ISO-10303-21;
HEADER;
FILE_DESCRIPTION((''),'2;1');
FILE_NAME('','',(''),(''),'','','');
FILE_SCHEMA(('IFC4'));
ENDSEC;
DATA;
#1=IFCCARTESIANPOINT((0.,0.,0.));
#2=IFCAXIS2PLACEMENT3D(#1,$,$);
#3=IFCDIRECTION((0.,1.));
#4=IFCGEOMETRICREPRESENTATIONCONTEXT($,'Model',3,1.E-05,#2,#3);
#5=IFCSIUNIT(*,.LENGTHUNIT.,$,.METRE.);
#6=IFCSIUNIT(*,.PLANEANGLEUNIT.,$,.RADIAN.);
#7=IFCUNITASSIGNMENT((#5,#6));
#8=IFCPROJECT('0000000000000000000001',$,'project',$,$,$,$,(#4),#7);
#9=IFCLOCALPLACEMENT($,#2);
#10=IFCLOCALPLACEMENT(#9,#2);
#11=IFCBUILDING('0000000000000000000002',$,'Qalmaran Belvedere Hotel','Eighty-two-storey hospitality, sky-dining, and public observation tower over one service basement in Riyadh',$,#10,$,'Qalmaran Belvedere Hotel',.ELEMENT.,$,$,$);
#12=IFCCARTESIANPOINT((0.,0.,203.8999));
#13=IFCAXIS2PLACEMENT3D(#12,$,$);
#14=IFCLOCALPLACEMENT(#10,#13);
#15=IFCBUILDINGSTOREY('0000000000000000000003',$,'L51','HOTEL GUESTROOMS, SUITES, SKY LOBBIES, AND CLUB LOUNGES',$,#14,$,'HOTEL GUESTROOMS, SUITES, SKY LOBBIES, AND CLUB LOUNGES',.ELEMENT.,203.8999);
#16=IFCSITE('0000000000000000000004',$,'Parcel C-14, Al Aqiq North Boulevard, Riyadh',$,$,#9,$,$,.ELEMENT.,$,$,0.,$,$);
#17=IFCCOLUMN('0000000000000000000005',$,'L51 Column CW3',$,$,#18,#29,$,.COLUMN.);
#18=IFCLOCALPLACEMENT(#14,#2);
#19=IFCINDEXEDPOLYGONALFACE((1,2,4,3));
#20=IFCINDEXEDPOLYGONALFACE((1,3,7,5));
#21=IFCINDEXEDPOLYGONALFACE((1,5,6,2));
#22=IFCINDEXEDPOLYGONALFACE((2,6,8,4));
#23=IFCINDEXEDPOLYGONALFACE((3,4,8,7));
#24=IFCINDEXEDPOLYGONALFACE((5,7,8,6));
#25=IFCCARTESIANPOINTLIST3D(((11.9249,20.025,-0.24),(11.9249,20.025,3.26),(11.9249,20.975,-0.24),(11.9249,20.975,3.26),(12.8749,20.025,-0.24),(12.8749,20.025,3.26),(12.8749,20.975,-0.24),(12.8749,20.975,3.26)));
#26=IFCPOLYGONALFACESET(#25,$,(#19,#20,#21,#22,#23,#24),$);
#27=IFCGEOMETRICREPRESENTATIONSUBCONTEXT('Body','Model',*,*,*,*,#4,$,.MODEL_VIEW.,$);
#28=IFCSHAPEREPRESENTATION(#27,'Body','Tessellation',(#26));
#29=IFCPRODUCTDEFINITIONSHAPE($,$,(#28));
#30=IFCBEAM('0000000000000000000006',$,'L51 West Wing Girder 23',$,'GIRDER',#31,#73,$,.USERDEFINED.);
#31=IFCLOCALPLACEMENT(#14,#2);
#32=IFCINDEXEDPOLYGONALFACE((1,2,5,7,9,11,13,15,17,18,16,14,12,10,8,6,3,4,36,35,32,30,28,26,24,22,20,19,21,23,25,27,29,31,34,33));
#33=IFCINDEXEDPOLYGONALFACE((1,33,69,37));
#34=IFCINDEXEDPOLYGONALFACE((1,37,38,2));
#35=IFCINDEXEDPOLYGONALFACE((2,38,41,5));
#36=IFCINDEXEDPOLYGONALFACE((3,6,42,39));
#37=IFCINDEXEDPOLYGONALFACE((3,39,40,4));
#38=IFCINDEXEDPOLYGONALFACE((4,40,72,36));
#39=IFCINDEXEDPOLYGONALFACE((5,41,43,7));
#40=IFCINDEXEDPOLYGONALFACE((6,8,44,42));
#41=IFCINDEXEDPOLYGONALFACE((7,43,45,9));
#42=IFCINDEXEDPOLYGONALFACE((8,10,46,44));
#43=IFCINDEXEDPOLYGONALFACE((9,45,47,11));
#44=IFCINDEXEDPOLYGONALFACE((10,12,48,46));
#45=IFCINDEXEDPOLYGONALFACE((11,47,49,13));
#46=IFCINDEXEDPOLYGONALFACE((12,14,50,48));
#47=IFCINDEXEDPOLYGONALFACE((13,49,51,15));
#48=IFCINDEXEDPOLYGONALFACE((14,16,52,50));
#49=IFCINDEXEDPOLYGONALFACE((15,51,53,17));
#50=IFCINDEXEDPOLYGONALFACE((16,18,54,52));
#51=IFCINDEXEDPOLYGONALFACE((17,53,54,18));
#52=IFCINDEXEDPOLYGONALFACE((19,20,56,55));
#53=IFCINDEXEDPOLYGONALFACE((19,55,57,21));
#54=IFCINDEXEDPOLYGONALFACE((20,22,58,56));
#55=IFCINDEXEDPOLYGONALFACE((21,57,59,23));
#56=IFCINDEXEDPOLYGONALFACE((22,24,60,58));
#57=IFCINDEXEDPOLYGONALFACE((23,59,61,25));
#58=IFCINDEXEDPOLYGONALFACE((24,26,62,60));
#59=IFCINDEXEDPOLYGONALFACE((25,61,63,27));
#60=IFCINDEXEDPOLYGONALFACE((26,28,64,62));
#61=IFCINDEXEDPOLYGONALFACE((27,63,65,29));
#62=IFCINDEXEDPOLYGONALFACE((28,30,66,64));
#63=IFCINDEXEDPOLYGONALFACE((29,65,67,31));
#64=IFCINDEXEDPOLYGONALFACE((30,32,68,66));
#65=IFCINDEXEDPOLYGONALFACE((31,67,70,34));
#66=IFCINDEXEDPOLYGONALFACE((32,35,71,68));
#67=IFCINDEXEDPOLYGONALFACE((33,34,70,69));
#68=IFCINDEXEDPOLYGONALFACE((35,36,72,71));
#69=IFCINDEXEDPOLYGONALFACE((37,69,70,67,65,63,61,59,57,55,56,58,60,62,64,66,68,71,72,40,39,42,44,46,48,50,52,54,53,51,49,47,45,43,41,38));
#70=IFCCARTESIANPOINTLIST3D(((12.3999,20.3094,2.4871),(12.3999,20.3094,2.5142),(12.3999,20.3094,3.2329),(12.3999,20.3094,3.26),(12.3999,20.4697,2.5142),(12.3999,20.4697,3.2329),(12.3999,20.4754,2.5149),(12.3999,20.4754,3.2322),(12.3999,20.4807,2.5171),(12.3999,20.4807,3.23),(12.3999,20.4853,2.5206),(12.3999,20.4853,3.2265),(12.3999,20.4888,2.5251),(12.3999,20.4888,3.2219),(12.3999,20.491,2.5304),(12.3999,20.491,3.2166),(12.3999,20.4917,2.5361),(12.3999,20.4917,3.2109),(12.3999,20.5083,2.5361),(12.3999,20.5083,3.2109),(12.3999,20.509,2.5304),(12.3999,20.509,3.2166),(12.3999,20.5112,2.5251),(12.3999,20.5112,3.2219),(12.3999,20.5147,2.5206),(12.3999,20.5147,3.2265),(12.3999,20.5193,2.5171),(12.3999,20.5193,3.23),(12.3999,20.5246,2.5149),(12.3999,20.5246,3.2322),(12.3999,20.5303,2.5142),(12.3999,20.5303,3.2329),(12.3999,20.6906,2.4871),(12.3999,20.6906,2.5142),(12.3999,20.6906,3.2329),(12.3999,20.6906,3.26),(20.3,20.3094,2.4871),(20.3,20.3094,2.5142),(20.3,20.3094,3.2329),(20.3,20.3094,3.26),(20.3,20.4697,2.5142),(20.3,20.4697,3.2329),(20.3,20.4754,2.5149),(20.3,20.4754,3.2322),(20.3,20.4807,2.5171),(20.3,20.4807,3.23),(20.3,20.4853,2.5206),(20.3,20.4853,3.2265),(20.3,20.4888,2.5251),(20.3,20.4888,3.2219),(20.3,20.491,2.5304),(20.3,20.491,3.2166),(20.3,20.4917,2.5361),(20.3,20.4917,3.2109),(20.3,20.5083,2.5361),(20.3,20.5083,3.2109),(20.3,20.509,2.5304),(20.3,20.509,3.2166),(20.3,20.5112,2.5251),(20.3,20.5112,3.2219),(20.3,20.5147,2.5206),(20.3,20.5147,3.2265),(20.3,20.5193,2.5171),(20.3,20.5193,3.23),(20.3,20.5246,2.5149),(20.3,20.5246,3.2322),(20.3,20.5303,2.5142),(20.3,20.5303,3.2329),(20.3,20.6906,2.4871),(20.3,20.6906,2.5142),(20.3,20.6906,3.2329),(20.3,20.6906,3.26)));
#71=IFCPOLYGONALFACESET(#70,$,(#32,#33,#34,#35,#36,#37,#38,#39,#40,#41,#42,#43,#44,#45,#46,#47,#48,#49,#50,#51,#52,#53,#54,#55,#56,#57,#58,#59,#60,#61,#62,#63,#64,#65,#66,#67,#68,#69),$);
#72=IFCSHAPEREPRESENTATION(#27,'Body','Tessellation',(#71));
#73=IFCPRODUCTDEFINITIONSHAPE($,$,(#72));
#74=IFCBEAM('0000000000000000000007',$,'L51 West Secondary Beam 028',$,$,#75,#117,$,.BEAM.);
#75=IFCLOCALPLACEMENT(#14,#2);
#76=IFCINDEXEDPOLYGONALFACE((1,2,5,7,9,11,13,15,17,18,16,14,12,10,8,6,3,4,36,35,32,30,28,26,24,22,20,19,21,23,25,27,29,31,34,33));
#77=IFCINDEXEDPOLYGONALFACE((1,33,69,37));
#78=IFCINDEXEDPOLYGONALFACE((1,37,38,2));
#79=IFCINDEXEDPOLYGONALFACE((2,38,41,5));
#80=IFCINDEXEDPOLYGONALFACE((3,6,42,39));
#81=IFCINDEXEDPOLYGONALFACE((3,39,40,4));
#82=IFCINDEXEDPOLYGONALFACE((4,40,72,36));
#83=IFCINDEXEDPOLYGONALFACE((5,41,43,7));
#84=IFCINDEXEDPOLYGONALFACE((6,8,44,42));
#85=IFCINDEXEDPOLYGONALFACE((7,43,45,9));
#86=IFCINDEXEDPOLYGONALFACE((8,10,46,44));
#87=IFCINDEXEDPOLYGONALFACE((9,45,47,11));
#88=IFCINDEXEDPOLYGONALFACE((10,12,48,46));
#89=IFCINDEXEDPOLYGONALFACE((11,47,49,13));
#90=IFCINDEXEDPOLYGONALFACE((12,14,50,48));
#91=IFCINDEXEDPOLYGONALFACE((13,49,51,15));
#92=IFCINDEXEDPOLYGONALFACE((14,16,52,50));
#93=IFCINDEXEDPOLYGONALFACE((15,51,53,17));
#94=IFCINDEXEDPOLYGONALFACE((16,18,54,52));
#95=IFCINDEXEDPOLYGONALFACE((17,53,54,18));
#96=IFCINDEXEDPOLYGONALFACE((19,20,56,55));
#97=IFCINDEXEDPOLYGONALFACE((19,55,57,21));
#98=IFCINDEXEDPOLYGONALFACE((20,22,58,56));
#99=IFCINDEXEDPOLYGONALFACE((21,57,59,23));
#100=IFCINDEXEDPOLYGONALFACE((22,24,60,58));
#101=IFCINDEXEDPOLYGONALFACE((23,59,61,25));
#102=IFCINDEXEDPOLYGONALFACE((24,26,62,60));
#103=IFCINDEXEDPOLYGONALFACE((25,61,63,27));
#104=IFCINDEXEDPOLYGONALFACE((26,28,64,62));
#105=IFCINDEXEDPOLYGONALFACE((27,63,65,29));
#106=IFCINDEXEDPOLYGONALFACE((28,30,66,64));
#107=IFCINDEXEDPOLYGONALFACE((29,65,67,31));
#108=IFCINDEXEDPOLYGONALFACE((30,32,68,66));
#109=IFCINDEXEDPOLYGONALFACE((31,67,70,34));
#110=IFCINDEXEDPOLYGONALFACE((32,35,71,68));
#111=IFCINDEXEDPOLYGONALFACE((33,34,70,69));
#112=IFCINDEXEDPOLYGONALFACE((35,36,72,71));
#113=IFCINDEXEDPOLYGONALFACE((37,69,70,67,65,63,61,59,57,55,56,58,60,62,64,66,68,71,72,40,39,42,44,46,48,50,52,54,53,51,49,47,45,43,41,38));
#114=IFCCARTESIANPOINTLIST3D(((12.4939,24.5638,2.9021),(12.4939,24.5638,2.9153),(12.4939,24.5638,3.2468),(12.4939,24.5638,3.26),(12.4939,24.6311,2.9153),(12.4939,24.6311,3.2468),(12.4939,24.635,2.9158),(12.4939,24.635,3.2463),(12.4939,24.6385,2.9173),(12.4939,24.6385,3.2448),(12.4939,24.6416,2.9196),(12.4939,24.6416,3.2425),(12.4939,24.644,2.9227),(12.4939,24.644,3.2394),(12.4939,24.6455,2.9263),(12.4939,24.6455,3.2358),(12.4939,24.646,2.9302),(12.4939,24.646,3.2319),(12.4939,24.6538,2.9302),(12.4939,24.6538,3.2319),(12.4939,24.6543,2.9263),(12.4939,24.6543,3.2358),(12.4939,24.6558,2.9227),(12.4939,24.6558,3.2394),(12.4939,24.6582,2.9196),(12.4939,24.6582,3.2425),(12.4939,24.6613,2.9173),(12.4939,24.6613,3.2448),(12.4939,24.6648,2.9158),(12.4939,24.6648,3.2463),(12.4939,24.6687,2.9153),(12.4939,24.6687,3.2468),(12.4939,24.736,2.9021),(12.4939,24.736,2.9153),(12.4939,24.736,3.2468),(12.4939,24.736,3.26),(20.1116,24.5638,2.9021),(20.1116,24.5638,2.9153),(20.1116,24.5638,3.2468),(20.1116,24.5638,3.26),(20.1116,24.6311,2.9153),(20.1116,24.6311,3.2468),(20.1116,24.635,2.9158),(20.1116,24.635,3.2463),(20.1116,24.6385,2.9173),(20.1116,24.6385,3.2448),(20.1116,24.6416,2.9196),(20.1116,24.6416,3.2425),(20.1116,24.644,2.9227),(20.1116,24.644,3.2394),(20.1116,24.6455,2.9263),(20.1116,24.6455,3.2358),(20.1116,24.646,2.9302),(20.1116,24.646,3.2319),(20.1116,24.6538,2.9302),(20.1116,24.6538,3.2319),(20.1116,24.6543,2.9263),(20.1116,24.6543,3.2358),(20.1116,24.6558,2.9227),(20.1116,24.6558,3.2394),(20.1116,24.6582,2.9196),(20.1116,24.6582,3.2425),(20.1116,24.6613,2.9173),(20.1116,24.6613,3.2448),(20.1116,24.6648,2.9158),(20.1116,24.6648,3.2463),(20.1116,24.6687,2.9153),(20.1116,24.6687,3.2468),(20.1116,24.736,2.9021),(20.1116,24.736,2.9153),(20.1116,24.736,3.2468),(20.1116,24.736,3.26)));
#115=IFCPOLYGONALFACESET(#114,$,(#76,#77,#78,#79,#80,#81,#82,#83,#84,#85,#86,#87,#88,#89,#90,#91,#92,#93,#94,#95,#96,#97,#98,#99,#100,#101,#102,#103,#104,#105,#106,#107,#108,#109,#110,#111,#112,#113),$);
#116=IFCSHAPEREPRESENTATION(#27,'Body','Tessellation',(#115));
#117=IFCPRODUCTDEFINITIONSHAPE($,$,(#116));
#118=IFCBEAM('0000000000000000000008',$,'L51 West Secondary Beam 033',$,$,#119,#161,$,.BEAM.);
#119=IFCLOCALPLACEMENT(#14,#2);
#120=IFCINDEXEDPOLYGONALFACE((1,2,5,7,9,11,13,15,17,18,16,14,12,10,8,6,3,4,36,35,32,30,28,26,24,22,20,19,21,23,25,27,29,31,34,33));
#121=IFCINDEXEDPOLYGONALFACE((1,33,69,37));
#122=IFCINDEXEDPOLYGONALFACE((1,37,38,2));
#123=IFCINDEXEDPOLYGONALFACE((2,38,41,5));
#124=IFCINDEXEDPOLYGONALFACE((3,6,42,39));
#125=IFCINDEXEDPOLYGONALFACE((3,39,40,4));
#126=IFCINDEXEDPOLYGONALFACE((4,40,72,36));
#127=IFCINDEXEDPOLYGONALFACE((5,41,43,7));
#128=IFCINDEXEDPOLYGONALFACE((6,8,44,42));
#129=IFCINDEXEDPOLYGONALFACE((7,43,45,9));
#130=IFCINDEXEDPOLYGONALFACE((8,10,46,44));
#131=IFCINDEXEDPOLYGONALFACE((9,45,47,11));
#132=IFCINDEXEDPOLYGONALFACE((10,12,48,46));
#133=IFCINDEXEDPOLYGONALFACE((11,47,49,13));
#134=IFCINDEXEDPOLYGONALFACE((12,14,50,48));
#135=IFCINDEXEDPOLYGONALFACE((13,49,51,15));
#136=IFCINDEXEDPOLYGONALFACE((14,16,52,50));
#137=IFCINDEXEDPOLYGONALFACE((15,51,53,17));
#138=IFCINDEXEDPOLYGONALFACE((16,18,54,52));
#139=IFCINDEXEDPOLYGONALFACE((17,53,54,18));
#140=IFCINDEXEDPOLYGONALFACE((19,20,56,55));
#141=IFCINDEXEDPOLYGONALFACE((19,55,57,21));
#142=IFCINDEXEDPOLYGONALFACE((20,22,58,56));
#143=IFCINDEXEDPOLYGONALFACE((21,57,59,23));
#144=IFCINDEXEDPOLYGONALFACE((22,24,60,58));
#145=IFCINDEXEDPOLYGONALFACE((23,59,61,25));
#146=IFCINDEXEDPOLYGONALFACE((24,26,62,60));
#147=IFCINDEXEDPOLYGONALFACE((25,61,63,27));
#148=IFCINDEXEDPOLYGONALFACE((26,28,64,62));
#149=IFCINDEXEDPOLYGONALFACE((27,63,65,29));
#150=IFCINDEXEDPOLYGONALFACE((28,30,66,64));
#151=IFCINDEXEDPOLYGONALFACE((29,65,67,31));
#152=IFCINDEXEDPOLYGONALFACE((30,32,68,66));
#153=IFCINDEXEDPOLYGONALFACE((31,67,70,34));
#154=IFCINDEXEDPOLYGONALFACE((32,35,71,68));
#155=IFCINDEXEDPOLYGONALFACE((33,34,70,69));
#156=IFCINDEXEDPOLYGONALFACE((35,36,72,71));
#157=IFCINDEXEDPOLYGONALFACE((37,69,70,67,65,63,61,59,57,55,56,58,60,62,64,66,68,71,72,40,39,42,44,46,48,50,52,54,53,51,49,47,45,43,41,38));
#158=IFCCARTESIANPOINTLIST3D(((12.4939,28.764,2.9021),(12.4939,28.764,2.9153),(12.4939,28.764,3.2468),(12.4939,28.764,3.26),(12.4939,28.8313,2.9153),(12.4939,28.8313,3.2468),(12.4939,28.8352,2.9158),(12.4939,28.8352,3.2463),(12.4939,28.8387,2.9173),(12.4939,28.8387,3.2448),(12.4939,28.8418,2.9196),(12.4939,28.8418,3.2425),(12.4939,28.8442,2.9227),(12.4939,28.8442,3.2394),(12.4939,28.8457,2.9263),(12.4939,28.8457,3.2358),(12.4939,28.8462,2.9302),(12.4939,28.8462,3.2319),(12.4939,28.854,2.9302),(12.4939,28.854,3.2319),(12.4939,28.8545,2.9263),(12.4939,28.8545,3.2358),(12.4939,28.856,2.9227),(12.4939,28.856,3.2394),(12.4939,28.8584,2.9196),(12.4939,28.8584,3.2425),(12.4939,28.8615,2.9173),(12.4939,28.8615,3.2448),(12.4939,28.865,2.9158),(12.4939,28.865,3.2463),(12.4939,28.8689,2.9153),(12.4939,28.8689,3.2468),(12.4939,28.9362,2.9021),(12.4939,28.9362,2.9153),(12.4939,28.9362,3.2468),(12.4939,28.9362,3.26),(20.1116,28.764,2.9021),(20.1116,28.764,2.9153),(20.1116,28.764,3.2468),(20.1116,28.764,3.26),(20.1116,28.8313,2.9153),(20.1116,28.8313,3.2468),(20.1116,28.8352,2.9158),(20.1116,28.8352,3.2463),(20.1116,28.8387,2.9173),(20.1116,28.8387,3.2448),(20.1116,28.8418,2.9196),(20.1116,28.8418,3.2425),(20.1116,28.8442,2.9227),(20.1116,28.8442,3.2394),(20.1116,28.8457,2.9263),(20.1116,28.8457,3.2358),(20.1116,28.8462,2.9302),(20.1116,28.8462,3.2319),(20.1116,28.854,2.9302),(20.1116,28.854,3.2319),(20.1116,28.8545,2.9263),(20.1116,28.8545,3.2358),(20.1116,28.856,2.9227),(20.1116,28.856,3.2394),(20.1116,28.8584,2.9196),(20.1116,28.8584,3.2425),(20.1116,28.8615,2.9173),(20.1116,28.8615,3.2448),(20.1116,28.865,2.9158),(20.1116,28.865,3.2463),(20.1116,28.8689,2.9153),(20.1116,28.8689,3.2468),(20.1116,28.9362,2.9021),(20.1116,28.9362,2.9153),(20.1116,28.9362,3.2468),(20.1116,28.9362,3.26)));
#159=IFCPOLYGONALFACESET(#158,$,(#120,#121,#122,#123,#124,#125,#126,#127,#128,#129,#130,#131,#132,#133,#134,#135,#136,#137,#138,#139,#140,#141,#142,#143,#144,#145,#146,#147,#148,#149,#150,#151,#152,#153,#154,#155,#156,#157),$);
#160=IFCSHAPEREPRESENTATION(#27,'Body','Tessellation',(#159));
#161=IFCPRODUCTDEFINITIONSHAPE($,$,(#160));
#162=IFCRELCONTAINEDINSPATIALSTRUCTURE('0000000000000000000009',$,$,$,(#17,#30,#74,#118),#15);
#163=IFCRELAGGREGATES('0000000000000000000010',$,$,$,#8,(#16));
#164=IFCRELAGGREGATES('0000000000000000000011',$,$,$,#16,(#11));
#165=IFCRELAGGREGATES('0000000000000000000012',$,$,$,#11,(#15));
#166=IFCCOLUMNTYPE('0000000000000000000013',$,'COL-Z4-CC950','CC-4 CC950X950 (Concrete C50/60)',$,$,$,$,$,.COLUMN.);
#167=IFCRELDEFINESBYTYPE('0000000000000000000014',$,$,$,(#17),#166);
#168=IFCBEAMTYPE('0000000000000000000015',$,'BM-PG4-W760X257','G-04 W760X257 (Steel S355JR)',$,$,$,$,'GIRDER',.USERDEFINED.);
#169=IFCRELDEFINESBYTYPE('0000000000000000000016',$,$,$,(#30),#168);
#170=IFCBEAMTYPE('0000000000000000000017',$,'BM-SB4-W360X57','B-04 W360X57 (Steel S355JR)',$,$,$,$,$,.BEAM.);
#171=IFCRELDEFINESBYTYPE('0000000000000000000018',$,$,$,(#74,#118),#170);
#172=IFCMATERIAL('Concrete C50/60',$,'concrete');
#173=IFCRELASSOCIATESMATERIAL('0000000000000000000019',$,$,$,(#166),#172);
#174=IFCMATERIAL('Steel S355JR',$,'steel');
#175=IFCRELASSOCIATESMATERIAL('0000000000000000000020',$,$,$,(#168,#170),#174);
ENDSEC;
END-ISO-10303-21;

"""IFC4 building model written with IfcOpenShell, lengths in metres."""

from ifc_helpers import new_model, si_unit, direction, frame, origin, origin_2d, place, context, subcontext, project, spatial, rectangle, i_section, extrude, material, material_profile, profile_set, type_object, element, save


model = new_model("IFC4")

# Units and contexts
model_context = context("Model", 3, precision=1e-05, world=origin(), true_north=direction((0.0, 1.0)))
body_context = subcontext(model_context, "Body", "Model", "MODEL_VIEW")
ifc_project = project(units=[si_unit("LENGTHUNIT", "METRE"), si_unit("PLANEANGLEUNIT", "RADIAN")], contexts=[model_context])

# Site, building, storey
site_placement = place(None, origin())
site = spatial("IfcSite", under=ifc_project, at=site_placement, Name="Parcel C-14, Al Aqiq North Boulevard, Riyadh", CompositionType="ELEMENT", RefElevation=0.0)
building_placement = place(site_placement, origin())
building = spatial("IfcBuilding", under=site, at=building_placement, Name="Qalmaran Belvedere Hotel", Description="Eighty-two-storey hospitality, sky-dining, and public observation tower over one service basement in Riyadh", LongName="Qalmaran Belvedere Hotel", CompositionType="ELEMENT")
storey_placement = place(building_placement, frame((0.0, 0.0, 203.8999)))
storey = spatial("IfcBuildingStorey", under=building, at=storey_placement, Name="L51", Description="HOTEL GUESTROOMS, SUITES, SKY LOBBIES, AND CLUB LOUNGES", LongName="HOTEL GUESTROOMS, SUITES, SKY LOBBIES, AND CLUB LOUNGES", CompositionType="ELEMENT", Elevation=203.8999)

# Column
ifc_material_1 = material(Name="Concrete C50/60", Category="concrete")
ifc_material_profile_1 = material_profile(ifc_material_1, rectangle(XDim=0.95, YDim=0.95, at=origin_2d()), Name="CC950X950")
ifc_profile_set_1 = profile_set([ifc_material_profile_1], Name="Concrete C50/60")
column_type = type_object("IfcColumnType", Name="COL-Z4-CC950", Description="CC-4 CC950X950 (Concrete C50/60)", PredefinedType="COLUMN", material=ifc_profile_set_1)
column_placement = place(storey_placement, frame((12.3999, 20.5, -0.24), z_axis=(0.0, 0.0, 1.0), x_axis=(1.0, 0.0, 0.0)))
element("IfcColumn", 1, at=column_placement, inside=storey, type_object=column_type, Name="L51 Column CW3", PredefinedType="COLUMN", context=body_context, shape_type="SweptSolid", body=[
    extrude(rectangle(XDim=0.95, YDim=0.95, at=origin_2d()), origin(), (0.0, 0.0, 1.0), 3.5),
])

# Beams
ifc_material_2 = material(Name="Steel S355JR", Category="steel")
ifc_material_profile_2 = material_profile(ifc_material_2, i_section(OverallWidth=0.3811, OverallDepth=0.7729, WebThickness=0.0166, FlangeThickness=0.0271, FilletRadius=0.022, at=origin_2d()), Name="W760X257")
ifc_profile_set_2 = profile_set([ifc_material_profile_2], Name="Steel S355JR")
beam_type_1 = type_object("IfcBeamType", Name="BM-PG4-W760X257", Description="G-04 W760X257 (Steel S355JR)", ElementType="GIRDER", PredefinedType="USERDEFINED", material=ifc_profile_set_2)
beam_1_placement = place(storey_placement, frame((12.3999, 20.5, 2.8735), z_axis=(1.0, 0.0, 0.0), x_axis=(0.0, 1.0, 0.0)))
element("IfcBeam", 2, at=beam_1_placement, inside=storey, type_object=beam_type_1, Name="L51 West Wing Girder 23", ObjectType="GIRDER", PredefinedType="USERDEFINED", context=body_context, shape_type="SweptSolid", body=[
    extrude(i_section(OverallWidth=0.3811, OverallDepth=0.7729, WebThickness=0.0166, FlangeThickness=0.0271, FilletRadius=0.022, at=origin_2d()), origin(), (0.0, 0.0, 1.0), 7.9001),
])
ifc_material_profile_3 = material_profile(ifc_material_2, i_section(OverallWidth=0.1721, OverallDepth=0.3579, WebThickness=0.0078, FlangeThickness=0.0132, FilletRadius=0.0149, at=origin_2d()), Name="W360X57")
ifc_profile_set_3 = profile_set([ifc_material_profile_3], Name="Steel S355JR")
beam_type_2 = type_object("IfcBeamType", Name="BM-SB4-W360X57", Description="B-04 W360X57 (Steel S355JR)", PredefinedType="BEAM", material=ifc_profile_set_3)
for number, where, z_axis, x_axis, name in (
    (3, (12.4939, 24.6499, 3.0811), (1.0, 0.0, 0.0), (0.0, 1.0, 0.0), "L51 West Secondary Beam 028"),
    (4, (12.4939, 28.8501, 3.0811), (1.0, 0.0, 0.0), (0.0, 1.0, 0.0), "L51 West Secondary Beam 033"),
):
    element("IfcBeam", number, at=place(storey_placement, frame(where, z_axis=z_axis, x_axis=x_axis)), inside=storey, type_object=beam_type_2, Name=name, PredefinedType="BEAM", context=body_context, shape_type="SweptSolid", body=[
        extrude(i_section(OverallWidth=0.1721, OverallDepth=0.3579, WebThickness=0.0078, FlangeThickness=0.0132, FilletRadius=0.0149, at=origin_2d()), origin(), (0.0, 0.0, 1.0), 7.6177),
    ])

save(model, "model.ifc")
